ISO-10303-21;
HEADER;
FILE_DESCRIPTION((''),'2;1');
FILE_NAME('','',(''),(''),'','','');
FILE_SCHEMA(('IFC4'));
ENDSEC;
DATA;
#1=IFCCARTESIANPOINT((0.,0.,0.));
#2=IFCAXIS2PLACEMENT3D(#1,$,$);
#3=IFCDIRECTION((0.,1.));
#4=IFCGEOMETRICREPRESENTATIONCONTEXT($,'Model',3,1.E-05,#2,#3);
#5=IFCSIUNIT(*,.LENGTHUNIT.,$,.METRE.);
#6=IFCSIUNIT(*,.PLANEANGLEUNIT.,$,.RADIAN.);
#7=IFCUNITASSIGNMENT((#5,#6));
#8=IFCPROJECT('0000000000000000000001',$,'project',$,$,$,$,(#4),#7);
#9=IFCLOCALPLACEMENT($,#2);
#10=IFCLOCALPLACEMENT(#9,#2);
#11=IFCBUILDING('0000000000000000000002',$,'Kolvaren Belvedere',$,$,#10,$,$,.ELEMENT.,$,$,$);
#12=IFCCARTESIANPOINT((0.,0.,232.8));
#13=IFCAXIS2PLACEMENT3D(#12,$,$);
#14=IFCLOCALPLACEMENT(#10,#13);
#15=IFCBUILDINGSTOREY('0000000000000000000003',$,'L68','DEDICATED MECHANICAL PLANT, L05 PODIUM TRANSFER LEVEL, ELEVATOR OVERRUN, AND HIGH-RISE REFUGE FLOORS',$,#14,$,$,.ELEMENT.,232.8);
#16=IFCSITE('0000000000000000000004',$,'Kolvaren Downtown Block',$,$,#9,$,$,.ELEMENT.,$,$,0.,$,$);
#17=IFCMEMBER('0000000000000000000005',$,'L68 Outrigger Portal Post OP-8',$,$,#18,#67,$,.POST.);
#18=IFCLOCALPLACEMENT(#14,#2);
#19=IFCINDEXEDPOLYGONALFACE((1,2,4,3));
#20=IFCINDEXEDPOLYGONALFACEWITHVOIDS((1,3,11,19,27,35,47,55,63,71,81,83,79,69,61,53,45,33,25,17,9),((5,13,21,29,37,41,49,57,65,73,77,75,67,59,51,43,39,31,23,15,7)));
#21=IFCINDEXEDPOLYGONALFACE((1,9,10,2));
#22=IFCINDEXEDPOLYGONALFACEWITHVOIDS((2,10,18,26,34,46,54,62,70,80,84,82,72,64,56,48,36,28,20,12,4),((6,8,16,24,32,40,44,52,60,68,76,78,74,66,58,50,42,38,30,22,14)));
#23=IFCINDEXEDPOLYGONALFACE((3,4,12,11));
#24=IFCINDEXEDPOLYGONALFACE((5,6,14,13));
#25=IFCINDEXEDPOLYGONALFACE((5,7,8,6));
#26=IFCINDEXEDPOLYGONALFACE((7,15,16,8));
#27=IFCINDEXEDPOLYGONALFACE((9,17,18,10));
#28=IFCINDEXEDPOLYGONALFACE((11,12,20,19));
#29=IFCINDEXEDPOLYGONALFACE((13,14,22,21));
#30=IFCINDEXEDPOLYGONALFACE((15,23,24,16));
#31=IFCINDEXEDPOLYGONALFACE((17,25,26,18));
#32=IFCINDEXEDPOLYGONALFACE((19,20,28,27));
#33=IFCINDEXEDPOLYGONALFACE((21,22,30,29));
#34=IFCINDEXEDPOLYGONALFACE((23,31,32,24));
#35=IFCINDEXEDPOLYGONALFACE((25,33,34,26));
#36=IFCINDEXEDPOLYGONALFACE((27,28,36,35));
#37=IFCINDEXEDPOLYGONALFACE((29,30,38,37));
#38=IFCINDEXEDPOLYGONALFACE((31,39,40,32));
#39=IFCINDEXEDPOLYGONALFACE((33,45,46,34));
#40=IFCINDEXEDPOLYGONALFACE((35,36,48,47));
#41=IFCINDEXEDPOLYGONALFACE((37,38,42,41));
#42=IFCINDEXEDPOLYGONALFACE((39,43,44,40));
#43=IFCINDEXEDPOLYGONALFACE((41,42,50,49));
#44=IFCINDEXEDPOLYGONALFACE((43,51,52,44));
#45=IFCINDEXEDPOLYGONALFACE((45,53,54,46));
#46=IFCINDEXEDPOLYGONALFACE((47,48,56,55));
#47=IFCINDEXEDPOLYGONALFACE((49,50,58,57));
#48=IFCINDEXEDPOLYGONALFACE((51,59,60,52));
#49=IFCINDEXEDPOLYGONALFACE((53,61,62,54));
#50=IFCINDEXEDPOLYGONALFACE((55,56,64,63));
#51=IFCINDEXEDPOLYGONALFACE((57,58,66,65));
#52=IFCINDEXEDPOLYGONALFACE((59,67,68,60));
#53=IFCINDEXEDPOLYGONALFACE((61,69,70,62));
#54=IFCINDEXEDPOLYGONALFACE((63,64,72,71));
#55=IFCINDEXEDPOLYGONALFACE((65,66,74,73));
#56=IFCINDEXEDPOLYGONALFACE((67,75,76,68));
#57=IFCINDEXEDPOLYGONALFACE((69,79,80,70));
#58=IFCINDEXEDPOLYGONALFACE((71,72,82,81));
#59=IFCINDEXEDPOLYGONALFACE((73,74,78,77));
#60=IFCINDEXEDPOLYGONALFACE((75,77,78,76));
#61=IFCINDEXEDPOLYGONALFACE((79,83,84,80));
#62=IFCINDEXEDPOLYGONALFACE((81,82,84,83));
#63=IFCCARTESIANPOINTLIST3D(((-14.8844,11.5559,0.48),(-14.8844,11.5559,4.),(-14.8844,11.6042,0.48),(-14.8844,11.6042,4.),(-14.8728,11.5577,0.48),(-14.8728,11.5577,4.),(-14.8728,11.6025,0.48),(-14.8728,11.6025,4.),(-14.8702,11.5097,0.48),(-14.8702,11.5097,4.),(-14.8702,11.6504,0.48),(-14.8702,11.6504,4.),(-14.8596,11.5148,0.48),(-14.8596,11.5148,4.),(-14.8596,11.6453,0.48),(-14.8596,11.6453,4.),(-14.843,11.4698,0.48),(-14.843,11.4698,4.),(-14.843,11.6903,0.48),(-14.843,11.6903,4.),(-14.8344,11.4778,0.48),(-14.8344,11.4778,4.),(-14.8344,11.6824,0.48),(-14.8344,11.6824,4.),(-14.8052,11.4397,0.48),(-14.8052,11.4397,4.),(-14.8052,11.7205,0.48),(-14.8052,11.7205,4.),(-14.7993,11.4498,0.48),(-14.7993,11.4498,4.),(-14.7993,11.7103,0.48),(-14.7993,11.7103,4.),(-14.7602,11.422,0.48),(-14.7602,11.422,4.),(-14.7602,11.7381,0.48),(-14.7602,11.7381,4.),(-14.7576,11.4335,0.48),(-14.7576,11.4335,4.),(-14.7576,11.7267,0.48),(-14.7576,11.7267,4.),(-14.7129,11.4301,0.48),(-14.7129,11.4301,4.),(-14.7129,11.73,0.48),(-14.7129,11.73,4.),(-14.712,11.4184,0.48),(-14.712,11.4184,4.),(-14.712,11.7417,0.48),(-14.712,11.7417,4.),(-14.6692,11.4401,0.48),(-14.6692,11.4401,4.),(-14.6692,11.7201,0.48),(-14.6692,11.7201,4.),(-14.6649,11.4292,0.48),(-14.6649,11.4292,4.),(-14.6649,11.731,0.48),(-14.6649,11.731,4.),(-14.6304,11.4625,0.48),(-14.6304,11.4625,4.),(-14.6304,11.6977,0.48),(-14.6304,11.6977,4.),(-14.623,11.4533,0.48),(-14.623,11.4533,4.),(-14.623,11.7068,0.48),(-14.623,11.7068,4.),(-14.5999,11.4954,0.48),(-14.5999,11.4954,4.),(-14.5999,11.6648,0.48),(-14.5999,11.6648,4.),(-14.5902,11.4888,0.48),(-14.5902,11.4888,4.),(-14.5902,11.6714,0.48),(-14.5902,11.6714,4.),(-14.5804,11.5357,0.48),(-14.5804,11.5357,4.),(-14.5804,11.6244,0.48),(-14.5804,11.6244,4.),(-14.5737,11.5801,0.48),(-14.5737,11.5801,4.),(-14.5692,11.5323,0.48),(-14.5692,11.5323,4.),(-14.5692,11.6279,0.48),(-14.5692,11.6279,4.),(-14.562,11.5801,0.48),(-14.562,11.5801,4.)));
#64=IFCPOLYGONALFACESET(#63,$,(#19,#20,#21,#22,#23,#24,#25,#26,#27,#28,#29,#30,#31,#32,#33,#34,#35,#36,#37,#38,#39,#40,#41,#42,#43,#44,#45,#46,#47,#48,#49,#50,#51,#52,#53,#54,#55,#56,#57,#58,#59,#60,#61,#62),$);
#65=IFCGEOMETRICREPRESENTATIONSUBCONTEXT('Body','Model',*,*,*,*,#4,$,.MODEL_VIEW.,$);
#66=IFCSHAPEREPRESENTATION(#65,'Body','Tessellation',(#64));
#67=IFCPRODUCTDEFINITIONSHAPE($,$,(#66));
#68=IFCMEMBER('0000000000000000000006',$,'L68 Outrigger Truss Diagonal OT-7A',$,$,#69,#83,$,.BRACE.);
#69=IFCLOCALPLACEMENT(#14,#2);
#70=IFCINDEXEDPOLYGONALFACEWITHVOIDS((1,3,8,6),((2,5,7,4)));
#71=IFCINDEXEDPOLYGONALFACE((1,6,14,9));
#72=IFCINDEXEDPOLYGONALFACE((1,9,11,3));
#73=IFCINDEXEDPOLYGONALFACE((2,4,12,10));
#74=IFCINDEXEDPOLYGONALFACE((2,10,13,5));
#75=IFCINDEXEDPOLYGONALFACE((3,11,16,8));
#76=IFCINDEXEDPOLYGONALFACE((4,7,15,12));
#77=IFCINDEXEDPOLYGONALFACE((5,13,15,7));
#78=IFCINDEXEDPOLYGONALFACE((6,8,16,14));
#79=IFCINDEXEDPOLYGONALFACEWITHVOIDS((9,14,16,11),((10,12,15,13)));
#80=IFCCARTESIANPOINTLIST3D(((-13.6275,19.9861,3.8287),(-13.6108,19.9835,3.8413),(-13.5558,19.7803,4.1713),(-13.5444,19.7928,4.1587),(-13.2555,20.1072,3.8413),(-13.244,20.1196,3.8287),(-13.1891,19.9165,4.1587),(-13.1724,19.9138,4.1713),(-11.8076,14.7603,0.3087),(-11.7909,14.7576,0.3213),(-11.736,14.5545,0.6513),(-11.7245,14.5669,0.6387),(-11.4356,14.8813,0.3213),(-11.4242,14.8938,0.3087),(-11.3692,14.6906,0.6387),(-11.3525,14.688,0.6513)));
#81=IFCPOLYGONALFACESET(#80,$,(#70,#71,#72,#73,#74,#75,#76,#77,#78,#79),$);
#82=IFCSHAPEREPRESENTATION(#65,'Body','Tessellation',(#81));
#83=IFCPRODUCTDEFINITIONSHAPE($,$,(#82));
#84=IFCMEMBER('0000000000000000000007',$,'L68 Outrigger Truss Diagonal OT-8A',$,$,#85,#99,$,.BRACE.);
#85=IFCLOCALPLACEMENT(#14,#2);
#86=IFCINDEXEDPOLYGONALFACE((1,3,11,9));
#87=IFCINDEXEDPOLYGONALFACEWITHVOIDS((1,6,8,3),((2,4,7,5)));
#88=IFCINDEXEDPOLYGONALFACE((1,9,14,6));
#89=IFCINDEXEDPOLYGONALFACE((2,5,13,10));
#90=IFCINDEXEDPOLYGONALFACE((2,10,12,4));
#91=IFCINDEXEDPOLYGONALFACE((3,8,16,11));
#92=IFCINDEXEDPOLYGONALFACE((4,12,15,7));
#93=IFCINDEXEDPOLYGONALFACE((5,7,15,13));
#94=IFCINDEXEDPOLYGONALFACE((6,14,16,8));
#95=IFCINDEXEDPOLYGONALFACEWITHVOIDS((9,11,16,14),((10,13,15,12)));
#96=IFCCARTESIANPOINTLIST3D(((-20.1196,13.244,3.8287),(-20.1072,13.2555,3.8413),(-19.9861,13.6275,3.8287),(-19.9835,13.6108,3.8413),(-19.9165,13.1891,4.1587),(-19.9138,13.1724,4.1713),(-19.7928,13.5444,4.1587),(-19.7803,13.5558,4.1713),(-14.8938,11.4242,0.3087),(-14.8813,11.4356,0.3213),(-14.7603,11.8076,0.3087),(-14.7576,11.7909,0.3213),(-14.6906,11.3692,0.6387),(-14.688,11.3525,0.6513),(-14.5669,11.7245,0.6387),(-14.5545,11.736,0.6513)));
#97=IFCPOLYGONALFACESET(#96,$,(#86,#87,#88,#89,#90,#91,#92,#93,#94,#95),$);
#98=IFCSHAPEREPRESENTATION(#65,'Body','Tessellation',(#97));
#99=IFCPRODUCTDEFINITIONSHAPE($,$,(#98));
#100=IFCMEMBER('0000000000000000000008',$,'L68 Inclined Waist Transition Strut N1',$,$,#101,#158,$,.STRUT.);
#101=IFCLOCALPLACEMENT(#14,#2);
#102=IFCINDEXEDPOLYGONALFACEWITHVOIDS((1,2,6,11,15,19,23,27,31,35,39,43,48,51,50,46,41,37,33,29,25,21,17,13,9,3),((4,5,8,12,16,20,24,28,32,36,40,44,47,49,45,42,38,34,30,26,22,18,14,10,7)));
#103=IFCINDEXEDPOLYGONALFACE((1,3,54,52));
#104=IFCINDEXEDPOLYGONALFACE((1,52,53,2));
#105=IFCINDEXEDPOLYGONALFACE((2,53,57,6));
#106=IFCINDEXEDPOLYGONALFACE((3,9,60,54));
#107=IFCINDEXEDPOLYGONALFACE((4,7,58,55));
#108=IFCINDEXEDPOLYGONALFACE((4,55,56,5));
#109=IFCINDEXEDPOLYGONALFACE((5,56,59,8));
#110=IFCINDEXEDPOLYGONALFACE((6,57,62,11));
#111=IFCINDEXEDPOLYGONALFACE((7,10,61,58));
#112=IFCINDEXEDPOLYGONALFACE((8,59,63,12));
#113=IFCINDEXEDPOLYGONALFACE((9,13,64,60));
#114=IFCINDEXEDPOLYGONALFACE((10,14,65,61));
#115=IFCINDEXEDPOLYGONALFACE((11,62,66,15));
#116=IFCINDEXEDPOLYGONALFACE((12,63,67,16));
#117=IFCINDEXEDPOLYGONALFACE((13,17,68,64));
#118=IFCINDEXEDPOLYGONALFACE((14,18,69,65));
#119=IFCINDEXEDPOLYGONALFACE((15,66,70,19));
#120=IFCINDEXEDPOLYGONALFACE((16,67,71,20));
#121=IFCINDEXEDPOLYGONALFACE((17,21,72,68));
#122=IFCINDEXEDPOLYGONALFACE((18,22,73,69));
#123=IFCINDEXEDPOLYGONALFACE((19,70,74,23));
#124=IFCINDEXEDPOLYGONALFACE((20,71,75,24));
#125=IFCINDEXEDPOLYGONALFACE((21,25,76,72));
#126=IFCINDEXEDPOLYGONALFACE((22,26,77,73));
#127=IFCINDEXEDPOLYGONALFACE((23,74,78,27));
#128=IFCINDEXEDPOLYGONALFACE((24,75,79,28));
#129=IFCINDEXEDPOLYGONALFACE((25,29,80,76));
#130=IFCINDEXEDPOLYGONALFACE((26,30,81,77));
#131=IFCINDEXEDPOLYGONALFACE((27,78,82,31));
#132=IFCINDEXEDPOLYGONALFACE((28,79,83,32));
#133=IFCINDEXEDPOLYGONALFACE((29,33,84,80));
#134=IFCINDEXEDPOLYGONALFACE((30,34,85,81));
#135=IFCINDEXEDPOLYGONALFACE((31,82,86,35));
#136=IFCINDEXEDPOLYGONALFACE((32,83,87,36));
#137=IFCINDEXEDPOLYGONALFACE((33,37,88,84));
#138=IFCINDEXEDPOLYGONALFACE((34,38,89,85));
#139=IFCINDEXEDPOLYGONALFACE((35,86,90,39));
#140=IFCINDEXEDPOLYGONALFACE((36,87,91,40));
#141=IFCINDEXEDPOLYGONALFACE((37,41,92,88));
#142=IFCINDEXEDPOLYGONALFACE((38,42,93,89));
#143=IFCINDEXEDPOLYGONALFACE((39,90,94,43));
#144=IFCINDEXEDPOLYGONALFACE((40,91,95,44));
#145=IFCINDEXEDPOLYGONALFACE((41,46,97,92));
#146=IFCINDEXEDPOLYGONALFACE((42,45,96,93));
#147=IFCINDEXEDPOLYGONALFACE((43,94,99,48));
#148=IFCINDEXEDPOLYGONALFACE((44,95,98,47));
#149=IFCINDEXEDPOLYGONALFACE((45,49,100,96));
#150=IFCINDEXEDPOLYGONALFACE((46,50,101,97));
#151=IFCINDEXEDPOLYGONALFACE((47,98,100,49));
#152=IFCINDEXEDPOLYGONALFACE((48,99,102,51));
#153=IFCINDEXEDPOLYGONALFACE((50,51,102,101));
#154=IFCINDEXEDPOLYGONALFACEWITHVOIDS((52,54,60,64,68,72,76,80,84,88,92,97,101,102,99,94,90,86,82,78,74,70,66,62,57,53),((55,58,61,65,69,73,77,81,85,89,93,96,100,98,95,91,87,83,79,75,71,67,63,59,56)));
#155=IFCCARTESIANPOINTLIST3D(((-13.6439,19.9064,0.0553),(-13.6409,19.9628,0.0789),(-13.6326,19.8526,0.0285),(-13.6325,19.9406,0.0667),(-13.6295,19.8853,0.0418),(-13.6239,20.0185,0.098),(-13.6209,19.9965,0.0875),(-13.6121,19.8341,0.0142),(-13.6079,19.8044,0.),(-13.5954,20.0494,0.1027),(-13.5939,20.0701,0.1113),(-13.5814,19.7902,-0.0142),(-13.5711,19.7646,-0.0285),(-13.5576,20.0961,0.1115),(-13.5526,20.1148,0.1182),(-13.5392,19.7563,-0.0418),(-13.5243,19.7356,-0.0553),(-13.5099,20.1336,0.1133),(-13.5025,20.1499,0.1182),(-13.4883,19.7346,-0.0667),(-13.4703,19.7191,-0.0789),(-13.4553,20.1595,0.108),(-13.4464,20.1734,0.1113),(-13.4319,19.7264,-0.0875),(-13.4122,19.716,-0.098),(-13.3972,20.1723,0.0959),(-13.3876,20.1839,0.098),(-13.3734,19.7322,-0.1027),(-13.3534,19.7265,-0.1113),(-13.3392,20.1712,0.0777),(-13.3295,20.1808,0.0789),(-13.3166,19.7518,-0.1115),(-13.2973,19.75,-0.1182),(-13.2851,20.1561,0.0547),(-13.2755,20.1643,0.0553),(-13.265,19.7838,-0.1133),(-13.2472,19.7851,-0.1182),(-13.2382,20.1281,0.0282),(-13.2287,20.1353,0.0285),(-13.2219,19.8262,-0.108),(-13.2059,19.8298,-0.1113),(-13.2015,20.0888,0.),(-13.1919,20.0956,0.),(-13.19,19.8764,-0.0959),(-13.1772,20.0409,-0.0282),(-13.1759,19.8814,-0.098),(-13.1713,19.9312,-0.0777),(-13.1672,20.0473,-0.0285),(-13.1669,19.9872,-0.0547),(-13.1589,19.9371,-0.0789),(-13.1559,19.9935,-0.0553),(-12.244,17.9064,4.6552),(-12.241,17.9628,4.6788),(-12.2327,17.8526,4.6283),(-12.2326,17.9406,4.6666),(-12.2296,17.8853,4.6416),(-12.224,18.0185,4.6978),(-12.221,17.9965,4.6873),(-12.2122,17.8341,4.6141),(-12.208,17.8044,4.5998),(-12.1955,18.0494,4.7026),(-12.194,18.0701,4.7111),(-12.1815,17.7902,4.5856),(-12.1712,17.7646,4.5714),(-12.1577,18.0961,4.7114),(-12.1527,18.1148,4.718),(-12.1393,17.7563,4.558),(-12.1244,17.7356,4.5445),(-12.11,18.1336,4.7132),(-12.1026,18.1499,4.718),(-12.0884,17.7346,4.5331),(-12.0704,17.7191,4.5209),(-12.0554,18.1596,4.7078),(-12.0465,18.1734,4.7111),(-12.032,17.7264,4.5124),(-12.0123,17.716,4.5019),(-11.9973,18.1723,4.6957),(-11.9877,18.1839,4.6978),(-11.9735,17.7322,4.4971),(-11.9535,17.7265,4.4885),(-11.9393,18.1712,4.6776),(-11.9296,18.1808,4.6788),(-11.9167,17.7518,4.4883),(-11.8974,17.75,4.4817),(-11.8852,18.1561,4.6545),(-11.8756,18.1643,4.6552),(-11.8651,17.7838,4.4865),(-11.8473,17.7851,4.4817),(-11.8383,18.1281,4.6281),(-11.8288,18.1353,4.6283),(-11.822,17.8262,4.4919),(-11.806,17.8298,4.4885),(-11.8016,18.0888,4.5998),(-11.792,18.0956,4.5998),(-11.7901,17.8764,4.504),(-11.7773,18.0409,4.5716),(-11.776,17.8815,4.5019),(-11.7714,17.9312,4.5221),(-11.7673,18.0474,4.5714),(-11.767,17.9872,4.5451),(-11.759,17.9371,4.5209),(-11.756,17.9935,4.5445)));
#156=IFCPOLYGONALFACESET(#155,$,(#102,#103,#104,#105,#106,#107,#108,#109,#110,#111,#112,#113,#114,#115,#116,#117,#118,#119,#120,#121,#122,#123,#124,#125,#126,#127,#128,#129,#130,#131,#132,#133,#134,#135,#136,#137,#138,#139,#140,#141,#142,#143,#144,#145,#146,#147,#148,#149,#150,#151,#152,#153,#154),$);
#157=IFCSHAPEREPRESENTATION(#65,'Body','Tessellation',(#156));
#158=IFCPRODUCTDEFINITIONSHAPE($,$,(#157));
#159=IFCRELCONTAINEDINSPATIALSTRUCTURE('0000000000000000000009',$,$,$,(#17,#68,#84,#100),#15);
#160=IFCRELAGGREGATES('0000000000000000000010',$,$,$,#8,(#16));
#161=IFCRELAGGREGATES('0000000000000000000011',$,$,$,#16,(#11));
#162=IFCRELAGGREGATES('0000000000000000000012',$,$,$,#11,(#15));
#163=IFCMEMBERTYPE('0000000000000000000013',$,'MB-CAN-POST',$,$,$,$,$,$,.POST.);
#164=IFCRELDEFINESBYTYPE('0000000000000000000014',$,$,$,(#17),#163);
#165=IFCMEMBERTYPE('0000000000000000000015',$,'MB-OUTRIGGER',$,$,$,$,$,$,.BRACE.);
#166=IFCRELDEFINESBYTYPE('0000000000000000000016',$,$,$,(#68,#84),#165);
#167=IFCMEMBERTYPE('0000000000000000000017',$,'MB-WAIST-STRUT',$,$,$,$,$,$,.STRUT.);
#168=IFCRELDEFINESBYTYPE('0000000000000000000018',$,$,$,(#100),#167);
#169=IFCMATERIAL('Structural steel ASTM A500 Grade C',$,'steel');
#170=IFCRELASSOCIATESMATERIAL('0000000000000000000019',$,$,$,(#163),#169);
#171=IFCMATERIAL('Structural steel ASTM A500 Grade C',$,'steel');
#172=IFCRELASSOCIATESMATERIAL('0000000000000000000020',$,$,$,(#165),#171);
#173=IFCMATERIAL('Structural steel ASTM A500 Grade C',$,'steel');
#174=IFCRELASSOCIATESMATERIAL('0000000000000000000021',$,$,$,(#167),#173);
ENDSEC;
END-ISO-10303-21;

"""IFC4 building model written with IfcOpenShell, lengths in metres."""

from ifc_helpers import new_model, si_unit, direction, frame, origin, origin_2d, place, context, subcontext, project, spatial, hollow_rectangle, hollow_circle, extrude, material, material_profile, profile_set, type_object, element, save


model = new_model("IFC4")

# Units and contexts
model_context = context("Model", 3, precision=1e-05, world=origin(), true_north=direction((0.0, 1.0)))
body_context = subcontext(model_context, "Body", "Model", "MODEL_VIEW")
ifc_project = project(units=[si_unit("LENGTHUNIT", "METRE"), si_unit("PLANEANGLEUNIT", "RADIAN")], contexts=[model_context])

# Site, building, storey
site_placement = place(None, origin())
site = spatial("IfcSite", under=ifc_project, at=site_placement, Name="Kolvaren Downtown Block", CompositionType="ELEMENT", RefElevation=0.0)
building_placement = place(site_placement, origin())
building = spatial("IfcBuilding", under=site, at=building_placement, Name="Kolvaren Belvedere", CompositionType="ELEMENT")
storey_placement = place(building_placement, frame((0.0, 0.0, 232.8)))
storey = spatial("IfcBuildingStorey", under=building, at=storey_placement, Name="L68", Description="DEDICATED MECHANICAL PLANT, L05 PODIUM TRANSFER LEVEL, ELEVATOR OVERRUN, AND HIGH-RISE REFUGE FLOORS", CompositionType="ELEMENT", Elevation=232.8)

# Members
ifc_material_1 = material(Name="Structural steel ASTM A500 Grade C", Category="steel")
ifc_material_profile_1 = material_profile(ifc_material_1, hollow_circle(Radius=0.1621, WallThickness=0.0117, at=origin_2d()), Name="HSS12.750X0.500")
ifc_profile_set_1 = profile_set([ifc_material_profile_1], Name="Structural steel ASTM A500 Grade C")
member_type_1 = type_object("IfcMemberType", Name="MB-CAN-POST", PredefinedType="POST", material=ifc_profile_set_1)
for number, where, z_axis, x_axis, name in (
    (1, (-14.7241, 11.5801, 0.48), (0.0, 0.0, 1.0), (1.0, 0.0, 0.0), "L68 Outrigger Portal Post OP-8"),
):
    element("IfcMember", number, at=place(storey_placement, frame(where, z_axis=z_axis, x_axis=x_axis)), inside=storey, type_object=member_type_1, Name=name, PredefinedType="POST", context=body_context, shape_type="SweptSolid", body=[
        extrude(hollow_circle(Radius=0.1621, WallThickness=0.0117, at=origin_2d()), origin(), (0.0, 0.0, 1.0), 3.52),
    ])
ifc_material_2 = material(Name="Structural steel ASTM A500 Grade C", Category="steel")
ifc_material_profile_2 = material_profile(ifc_material_2, hollow_rectangle(XDim=0.406, YDim=0.406, WallThickness=0.0149, at=origin_2d()), Name="HSS16X16X5/8")
ifc_profile_set_2 = profile_set([ifc_material_profile_2], Name="Structural steel ASTM A500 Grade C")
member_type_2 = type_object("IfcMemberType", Name="MB-OUTRIGGER", PredefinedType="BRACE", material=ifc_profile_set_2)
for number, where, z_axis, x_axis, name in (
    (2, (-11.5801, 14.7241, 0.48), (-0.277483, 0.796824, 0.536726), (-0.944377, -0.328866, 0.0), "L68 Outrigger Truss Diagonal OT-7A"),
    (3, (-14.7241, 11.5801, 0.48), (-0.796824, 0.277483, 0.536726), (-0.328866, -0.944377, 0.0), "L68 Outrigger Truss Diagonal OT-8A"),
):
    element("IfcMember", number, at=place(storey_placement, frame(where, z_axis=z_axis, x_axis=x_axis)), inside=storey, type_object=member_type_2, Name=name, PredefinedType="BRACE", context=body_context, shape_type="SweptSolid", body=[
        extrude(hollow_rectangle(XDim=0.406, YDim=0.406, WallThickness=0.0149, at=origin_2d()), origin(), (0.0, 0.0, 1.0), 6.5583),
    ])
ifc_material_3 = material(Name="Structural steel ASTM A500 Grade C", Category="steel")
ifc_material_profile_3 = material_profile(ifc_material_3, hollow_circle(Radius=0.2539, WallThickness=0.0117, at=origin_2d()), Name="HSS20.000X0.500")
ifc_profile_set_3 = profile_set([ifc_material_profile_3], Name="Structural steel ASTM A500 Grade C")
member_type_3 = type_object("IfcMemberType", Name="MB-WAIST-STRUT", PredefinedType="STRUT", material=ifc_profile_set_3)
member_1_placement = place(storey_placement, frame((-13.3999, 19.95, 0.0), z_axis=(0.268823, -0.384059, 0.883308), x_axis=(0.819251, 0.573435, 0.0)))
element("IfcMember", 4, at=member_1_placement, inside=storey, type_object=member_type_3, Name="L68 Inclined Waist Transition Strut N1", PredefinedType="STRUT", context=body_context, shape_type="SweptSolid", body=[
    extrude(hollow_circle(Radius=0.2539, WallThickness=0.0117, at=origin_2d()), origin(), (0.0, 0.0, 1.0), 5.2075),
])

save(model, "model.ifc")
